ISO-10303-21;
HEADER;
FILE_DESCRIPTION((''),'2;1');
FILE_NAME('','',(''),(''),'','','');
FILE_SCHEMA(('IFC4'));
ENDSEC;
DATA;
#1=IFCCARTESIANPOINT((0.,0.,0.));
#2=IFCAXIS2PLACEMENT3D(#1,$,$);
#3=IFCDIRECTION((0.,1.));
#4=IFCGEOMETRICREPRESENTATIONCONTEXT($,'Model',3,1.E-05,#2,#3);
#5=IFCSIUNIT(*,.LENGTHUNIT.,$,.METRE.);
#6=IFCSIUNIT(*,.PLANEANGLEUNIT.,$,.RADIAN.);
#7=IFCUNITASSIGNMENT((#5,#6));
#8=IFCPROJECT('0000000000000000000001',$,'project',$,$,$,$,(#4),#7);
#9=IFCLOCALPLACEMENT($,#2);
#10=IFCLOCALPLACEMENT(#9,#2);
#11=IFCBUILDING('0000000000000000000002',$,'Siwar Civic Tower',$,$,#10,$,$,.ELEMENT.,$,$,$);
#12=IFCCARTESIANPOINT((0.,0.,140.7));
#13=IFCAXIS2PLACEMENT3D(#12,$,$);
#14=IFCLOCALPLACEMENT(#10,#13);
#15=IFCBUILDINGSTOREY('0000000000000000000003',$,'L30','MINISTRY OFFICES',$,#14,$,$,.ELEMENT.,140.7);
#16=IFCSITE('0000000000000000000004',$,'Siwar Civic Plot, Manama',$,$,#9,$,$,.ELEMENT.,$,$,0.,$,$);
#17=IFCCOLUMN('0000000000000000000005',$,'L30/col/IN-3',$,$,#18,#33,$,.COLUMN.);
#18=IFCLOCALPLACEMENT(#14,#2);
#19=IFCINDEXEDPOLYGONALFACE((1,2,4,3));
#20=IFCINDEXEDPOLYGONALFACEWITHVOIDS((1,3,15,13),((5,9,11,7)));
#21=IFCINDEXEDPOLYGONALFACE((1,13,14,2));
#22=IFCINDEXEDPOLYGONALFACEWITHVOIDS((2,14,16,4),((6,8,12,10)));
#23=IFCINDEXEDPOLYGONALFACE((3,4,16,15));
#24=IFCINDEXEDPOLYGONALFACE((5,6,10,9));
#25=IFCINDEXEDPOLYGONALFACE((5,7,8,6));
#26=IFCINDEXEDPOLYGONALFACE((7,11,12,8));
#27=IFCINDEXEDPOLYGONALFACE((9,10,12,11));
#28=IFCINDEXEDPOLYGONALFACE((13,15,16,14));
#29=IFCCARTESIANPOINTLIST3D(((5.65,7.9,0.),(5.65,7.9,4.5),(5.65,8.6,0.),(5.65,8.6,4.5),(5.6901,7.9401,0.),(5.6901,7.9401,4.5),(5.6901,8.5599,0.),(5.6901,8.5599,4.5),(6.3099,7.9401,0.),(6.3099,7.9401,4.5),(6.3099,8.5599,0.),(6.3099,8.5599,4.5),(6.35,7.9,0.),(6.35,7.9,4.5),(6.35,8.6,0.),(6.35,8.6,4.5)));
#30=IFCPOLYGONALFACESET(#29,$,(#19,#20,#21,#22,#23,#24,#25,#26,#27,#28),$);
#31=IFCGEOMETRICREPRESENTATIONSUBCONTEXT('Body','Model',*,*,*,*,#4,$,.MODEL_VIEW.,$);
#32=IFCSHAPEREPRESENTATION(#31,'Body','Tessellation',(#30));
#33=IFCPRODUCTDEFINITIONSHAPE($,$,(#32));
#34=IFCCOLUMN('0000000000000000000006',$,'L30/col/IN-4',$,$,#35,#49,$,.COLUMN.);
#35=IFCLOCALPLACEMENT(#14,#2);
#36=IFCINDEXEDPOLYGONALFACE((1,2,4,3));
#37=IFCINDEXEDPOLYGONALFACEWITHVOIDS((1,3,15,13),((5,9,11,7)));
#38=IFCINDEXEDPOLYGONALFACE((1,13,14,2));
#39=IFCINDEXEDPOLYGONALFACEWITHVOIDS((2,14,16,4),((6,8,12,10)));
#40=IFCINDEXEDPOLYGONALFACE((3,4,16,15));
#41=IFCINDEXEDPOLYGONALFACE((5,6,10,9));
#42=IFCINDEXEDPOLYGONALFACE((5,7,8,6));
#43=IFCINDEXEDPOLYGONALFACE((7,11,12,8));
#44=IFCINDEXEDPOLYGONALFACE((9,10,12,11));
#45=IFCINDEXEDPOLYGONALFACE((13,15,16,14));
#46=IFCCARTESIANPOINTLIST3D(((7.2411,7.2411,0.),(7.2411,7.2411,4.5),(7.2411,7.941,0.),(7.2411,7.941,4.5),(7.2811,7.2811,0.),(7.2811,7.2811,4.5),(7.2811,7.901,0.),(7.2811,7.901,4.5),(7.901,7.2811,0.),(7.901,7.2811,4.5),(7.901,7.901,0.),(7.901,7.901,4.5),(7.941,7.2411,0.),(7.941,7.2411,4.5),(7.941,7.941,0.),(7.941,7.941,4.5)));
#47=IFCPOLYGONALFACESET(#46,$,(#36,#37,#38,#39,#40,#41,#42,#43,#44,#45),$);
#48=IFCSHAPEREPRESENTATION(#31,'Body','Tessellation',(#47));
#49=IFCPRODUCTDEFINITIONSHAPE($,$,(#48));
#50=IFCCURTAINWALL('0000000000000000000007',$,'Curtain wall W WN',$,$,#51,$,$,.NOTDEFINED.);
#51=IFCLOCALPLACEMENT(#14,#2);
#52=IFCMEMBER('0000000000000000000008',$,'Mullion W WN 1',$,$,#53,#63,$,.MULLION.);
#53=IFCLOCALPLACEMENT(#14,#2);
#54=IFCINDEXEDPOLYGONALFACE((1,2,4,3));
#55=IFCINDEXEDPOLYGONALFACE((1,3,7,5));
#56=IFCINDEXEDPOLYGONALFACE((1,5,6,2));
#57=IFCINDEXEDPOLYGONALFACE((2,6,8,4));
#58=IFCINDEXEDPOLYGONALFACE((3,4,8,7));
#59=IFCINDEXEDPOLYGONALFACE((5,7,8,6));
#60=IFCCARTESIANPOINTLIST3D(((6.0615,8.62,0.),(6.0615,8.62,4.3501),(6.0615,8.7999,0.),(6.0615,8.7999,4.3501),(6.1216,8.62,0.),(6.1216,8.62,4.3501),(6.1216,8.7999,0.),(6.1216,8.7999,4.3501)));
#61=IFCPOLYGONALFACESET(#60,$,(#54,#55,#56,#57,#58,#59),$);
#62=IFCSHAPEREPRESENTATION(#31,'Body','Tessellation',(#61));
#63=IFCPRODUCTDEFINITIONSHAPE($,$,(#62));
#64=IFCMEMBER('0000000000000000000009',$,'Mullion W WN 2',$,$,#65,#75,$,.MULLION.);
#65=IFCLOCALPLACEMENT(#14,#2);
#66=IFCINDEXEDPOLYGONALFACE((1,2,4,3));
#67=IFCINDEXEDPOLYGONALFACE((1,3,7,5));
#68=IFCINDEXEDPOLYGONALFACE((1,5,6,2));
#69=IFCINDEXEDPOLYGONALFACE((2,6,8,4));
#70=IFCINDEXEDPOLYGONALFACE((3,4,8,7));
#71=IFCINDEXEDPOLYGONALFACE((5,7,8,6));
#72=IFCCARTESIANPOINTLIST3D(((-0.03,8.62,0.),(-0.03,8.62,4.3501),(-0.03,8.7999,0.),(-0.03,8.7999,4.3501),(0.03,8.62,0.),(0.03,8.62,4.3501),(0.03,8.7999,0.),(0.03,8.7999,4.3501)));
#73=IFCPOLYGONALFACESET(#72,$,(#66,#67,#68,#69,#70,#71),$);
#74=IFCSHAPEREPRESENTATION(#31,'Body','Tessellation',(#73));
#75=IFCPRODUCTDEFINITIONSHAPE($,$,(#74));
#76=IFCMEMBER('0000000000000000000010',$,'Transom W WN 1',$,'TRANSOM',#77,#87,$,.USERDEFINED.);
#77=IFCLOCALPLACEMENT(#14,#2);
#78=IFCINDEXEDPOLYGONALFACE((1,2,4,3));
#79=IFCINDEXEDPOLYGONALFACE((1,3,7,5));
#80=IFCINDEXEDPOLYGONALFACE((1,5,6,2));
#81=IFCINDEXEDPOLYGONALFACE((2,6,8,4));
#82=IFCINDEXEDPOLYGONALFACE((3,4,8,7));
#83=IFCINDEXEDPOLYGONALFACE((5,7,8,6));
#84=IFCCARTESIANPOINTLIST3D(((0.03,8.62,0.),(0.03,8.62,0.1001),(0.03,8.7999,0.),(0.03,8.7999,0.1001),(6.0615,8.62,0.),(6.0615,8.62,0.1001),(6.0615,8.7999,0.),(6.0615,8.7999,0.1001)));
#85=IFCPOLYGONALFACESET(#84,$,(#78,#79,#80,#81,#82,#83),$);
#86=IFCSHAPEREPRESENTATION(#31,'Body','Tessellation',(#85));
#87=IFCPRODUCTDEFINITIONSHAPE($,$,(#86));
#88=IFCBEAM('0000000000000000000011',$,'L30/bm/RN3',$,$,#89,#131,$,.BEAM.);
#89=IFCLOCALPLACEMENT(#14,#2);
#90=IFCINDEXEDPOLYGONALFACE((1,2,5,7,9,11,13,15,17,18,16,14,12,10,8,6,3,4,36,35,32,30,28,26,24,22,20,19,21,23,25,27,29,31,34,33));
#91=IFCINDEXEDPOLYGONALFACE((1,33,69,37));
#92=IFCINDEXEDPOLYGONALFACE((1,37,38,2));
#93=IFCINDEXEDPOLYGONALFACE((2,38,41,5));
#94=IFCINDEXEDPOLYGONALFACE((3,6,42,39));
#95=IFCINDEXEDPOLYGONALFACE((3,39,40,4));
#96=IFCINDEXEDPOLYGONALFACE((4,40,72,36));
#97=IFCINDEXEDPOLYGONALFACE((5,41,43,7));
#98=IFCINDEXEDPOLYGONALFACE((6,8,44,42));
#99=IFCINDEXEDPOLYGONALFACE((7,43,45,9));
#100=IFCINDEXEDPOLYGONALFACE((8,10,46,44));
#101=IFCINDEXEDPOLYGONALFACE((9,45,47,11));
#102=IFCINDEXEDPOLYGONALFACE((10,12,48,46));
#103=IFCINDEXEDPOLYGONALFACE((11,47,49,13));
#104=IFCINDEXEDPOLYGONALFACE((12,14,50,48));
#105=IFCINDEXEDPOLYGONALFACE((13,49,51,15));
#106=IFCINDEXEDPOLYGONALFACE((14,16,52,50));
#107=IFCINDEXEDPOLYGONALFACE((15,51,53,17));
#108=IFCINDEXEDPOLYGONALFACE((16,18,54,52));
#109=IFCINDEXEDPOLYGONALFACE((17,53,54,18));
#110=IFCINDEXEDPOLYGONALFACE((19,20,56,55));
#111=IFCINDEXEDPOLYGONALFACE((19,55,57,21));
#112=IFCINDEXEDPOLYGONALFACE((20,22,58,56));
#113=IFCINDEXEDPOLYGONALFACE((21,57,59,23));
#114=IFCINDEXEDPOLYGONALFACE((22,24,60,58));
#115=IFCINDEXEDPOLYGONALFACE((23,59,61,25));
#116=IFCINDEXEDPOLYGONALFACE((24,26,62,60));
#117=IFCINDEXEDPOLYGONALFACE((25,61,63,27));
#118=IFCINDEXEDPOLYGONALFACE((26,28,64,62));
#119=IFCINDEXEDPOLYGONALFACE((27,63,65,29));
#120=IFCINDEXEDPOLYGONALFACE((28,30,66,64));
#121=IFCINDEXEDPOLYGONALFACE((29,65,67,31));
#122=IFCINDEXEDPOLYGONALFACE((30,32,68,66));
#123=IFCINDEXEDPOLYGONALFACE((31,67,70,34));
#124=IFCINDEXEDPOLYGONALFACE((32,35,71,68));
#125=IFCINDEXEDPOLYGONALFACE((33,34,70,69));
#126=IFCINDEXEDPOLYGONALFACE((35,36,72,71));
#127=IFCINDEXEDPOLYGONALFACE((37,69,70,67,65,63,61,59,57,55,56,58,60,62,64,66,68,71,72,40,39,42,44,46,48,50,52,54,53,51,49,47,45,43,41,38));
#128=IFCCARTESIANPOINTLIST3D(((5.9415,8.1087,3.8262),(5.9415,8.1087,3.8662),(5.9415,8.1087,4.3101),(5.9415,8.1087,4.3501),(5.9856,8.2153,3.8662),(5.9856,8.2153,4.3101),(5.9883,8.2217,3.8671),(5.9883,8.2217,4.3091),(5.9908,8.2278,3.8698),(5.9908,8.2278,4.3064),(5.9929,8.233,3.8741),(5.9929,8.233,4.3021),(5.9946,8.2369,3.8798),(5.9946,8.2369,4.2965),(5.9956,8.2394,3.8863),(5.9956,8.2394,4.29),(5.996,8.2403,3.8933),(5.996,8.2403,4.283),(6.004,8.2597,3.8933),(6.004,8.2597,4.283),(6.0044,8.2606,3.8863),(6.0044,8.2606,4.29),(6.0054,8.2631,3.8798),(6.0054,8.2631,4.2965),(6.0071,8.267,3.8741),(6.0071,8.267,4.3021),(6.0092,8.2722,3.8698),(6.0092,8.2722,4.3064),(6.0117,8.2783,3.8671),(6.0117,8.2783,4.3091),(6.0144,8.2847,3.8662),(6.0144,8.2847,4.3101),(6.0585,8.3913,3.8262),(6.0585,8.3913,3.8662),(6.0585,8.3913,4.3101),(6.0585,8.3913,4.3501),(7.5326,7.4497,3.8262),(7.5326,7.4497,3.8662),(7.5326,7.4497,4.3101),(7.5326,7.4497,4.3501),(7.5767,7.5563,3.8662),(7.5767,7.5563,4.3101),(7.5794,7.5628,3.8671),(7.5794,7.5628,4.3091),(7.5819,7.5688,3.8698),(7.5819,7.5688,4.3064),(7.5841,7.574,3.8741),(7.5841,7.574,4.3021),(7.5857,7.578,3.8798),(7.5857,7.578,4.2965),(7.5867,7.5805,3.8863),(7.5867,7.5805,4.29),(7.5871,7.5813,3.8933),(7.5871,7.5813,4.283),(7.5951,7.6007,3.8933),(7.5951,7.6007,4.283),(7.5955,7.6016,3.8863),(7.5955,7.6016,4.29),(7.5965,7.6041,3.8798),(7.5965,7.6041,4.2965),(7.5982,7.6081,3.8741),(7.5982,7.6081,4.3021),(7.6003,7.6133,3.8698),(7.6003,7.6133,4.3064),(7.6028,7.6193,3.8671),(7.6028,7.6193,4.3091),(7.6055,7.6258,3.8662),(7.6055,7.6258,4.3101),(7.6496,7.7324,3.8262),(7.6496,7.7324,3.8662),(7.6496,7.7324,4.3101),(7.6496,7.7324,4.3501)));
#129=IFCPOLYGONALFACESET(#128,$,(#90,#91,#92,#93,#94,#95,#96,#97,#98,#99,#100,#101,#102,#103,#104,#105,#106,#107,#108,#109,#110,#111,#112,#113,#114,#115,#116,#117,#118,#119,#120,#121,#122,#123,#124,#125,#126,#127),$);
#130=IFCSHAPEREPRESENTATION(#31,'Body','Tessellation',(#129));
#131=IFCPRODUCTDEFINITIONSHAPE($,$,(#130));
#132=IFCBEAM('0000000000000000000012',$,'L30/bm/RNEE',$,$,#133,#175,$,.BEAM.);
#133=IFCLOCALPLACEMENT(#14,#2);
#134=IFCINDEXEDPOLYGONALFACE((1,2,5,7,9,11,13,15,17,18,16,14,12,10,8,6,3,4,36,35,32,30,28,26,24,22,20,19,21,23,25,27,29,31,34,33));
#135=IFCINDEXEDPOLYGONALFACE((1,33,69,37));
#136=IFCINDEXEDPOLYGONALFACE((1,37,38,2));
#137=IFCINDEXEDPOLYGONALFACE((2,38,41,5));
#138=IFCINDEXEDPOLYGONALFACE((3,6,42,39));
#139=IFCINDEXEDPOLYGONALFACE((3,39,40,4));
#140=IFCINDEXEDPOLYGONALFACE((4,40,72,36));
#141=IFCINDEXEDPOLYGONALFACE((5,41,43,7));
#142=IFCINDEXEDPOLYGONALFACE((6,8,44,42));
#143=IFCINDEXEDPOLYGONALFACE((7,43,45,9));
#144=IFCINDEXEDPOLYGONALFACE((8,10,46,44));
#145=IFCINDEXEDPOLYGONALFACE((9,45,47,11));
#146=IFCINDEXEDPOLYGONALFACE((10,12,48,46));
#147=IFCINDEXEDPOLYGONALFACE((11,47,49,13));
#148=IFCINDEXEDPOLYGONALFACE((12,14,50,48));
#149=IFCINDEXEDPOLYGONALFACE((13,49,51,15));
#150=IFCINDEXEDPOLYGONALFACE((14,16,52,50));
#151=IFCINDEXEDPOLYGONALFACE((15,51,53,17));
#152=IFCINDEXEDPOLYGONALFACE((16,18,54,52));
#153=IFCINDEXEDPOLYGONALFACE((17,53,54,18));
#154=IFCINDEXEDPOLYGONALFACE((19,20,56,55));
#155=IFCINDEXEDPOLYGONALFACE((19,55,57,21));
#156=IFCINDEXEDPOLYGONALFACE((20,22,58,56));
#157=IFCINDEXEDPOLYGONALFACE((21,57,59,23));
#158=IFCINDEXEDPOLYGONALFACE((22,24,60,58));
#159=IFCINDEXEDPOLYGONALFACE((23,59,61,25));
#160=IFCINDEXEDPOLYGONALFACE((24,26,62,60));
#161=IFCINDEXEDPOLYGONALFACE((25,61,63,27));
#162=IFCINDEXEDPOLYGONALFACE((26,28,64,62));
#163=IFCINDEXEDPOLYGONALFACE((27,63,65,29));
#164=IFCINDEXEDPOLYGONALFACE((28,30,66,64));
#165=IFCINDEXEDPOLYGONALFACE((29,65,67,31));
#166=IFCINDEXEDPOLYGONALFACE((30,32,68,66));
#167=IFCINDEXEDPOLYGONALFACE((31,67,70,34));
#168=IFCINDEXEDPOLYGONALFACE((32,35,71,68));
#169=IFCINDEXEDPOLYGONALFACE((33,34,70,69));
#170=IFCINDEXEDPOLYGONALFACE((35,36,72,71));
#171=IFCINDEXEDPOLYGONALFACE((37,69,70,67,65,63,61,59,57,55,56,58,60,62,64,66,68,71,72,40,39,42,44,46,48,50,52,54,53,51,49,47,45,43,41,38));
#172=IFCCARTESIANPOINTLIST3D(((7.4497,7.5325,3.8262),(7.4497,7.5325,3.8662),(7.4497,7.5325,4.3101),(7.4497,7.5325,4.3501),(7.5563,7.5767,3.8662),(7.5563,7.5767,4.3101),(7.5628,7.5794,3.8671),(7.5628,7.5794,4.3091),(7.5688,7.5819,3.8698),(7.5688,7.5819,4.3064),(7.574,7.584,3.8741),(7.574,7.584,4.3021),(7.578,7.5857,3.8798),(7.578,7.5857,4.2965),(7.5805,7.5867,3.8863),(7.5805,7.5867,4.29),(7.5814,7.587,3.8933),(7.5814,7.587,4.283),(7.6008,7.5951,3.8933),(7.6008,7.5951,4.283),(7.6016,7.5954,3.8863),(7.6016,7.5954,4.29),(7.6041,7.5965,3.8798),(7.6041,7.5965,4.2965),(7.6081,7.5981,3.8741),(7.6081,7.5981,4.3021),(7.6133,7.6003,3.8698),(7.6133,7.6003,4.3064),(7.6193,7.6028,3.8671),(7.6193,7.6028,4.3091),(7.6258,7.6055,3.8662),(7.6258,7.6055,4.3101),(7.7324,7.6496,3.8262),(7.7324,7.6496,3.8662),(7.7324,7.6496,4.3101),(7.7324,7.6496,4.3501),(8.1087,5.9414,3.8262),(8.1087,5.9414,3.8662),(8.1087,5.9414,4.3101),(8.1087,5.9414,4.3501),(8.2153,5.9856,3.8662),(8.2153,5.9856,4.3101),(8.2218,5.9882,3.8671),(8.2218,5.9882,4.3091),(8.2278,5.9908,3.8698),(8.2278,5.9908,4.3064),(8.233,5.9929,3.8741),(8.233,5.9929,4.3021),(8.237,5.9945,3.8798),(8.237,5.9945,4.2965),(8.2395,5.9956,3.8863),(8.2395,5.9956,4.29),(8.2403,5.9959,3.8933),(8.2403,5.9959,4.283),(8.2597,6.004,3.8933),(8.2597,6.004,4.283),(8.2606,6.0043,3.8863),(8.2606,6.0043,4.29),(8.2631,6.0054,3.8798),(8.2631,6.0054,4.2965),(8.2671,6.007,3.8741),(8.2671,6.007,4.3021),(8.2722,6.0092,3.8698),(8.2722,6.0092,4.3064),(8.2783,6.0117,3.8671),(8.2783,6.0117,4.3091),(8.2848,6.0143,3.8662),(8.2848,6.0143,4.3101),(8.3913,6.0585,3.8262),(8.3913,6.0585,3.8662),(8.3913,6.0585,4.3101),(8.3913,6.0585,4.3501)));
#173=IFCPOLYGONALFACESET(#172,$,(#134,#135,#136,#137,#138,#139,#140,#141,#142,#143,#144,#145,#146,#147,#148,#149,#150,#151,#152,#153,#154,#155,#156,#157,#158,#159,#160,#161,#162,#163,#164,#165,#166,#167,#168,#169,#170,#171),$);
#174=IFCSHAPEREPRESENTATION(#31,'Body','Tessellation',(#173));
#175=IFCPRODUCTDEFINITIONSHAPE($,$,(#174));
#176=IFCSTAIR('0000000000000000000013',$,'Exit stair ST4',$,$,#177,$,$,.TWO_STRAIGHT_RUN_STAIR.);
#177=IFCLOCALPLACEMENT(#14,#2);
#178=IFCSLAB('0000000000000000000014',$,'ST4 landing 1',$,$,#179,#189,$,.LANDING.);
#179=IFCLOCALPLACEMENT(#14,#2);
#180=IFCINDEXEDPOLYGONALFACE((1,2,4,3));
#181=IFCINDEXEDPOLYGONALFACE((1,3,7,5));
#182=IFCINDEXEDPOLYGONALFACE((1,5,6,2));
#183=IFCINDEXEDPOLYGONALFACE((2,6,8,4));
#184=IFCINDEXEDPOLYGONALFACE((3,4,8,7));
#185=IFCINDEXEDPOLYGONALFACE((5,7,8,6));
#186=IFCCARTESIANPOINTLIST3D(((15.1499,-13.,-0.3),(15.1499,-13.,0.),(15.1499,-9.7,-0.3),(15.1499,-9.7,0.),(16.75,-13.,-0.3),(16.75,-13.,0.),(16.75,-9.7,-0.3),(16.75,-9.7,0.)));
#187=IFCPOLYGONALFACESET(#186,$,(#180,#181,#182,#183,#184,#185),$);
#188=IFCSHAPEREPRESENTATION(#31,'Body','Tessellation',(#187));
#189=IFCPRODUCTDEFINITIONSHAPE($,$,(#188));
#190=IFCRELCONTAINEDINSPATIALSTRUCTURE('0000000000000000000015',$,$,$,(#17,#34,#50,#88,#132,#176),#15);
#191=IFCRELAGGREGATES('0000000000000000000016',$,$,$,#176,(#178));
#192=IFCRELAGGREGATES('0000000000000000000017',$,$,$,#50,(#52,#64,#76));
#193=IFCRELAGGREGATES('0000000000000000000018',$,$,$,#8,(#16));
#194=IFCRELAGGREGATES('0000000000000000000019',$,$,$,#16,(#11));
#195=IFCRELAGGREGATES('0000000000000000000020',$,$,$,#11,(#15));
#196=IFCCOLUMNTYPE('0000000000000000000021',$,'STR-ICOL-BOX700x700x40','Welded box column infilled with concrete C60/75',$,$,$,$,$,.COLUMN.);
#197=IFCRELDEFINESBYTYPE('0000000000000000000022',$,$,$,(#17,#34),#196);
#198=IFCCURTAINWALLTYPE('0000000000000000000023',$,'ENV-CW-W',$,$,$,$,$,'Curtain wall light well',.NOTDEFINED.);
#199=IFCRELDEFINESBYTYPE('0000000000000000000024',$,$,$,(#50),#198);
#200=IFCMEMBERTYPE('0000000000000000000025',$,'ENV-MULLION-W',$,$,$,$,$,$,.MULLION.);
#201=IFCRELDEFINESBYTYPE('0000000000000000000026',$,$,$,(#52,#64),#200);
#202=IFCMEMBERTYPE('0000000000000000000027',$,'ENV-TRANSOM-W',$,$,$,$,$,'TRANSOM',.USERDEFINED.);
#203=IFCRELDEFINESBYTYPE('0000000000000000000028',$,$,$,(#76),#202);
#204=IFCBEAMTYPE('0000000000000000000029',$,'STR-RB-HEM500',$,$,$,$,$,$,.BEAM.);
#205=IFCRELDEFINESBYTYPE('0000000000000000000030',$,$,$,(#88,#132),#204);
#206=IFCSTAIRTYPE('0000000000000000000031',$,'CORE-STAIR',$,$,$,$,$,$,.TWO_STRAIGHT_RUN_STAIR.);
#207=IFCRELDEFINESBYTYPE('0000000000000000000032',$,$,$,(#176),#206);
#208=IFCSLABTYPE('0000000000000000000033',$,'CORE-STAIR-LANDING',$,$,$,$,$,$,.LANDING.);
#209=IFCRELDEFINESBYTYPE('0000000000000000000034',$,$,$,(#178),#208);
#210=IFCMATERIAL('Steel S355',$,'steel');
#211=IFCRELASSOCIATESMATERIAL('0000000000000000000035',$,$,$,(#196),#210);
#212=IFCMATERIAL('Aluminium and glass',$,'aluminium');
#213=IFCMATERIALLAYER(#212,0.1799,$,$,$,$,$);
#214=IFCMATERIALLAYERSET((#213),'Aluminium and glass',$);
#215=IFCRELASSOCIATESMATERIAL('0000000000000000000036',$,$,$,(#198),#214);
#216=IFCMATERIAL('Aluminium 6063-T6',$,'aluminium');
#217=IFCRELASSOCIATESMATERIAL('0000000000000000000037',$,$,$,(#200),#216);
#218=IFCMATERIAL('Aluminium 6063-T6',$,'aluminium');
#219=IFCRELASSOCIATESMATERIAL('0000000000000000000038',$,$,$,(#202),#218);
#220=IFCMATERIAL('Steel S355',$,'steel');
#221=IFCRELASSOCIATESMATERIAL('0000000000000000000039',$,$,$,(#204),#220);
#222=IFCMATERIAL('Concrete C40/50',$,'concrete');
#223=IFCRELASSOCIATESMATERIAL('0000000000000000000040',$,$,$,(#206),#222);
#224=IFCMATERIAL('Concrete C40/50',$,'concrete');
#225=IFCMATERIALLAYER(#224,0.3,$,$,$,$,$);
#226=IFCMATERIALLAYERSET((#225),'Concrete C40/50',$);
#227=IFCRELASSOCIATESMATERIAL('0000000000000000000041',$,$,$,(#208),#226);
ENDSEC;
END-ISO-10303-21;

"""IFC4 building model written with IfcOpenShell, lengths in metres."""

from ifc_helpers import new_model, si_unit, direction, frame, origin, origin_2d, place, context, subcontext, project, spatial, polyline, rectangle, hollow_rectangle, i_section, outline, extrude, material, layer, layer_set, material_profile, profile_set, type_object, element, aggregate, save


model = new_model("IFC4")

# Units and contexts
model_context = context("Model", 3, precision=1e-05, world=origin(), true_north=direction((0.0, 1.0)))
body_context = subcontext(model_context, "Body", "Model", "MODEL_VIEW")
ifc_project = project(units=[si_unit("LENGTHUNIT", "METRE"), si_unit("PLANEANGLEUNIT", "RADIAN")], contexts=[model_context])

# Site, building, storey
site_placement = place(None, origin())
site = spatial("IfcSite", under=ifc_project, at=site_placement, Name="Siwar Civic Plot, Manama", CompositionType="ELEMENT", RefElevation=0.0)
building_placement = place(site_placement, origin())
building = spatial("IfcBuilding", under=site, at=building_placement, Name="Siwar Civic Tower", CompositionType="ELEMENT")
storey_placement = place(building_placement, frame((0.0, 0.0, 140.7)))
storey = spatial("IfcBuildingStorey", under=building, at=storey_placement, Name="L30", Description="MINISTRY OFFICES", CompositionType="ELEMENT", Elevation=140.7)

# Columns
ifc_material_1 = material(Name="Steel S355", Category="steel")
ifc_material_profile_1 = material_profile(ifc_material_1, hollow_rectangle(XDim=0.7, YDim=0.7, WallThickness=0.04, at=origin_2d()), Name="BOX700x700x40")
ifc_profile_set_1 = profile_set([ifc_material_profile_1], Name="Steel S355")
column_type = type_object("IfcColumnType", Name="STR-ICOL-BOX700x700x40", Description="Welded box column infilled with concrete C60/75", PredefinedType="COLUMN", material=ifc_profile_set_1)
for number, where, z_axis, x_axis, name in (
    (1, (6.0, 8.25, 0.0), (0.0, 0.0, 1.0), (1.0, 0.0, 0.0), "L30/col/IN-3"),
    (2, (7.5911, 7.5911, 0.0), (0.0, 0.0, 1.0), (1.0, 0.0, 0.0), "L30/col/IN-4"),
):
    element("IfcColumn", number, at=place(storey_placement, frame(where, z_axis=z_axis, x_axis=x_axis)), inside=storey, type_object=column_type, Name=name, PredefinedType="COLUMN", context=body_context, shape_type="SweptSolid", body=[
        extrude(hollow_rectangle(XDim=0.7, YDim=0.7, WallThickness=0.04, at=origin_2d()), origin(), (0.0, 0.0, 1.0), 4.5),
    ])

# Curtain wall, members
ifc_material_2 = material(Name="Aluminium and glass", Category="aluminium")
ifc_layer_1 = layer(ifc_material_2, 0.1799)
ifc_layer_set_1 = layer_set([ifc_layer_1], Name="Aluminium and glass")
curtain_wall_type = type_object("IfcCurtainWallType", Name="ENV-CW-W", ElementType="Curtain wall light well", PredefinedType="NOTDEFINED", material=ifc_layer_set_1)
curtain_wall_placement = place(storey_placement, origin())
curtain_wall = element("IfcCurtainWall", 3, at=curtain_wall_placement, inside=storey, type_object=curtain_wall_type, Name="Curtain wall W WN", PredefinedType="NOTDEFINED")
ifc_material_3 = material(Name="Aluminium 6063-T6", Category="aluminium")
ifc_material_profile_2 = material_profile(ifc_material_3, rectangle(XDim=0.1799, YDim=0.0601, at=origin_2d()), Name="AL 180x60")
ifc_profile_set_2 = profile_set([ifc_material_profile_2], Name="Aluminium 6063-T6")
member_type_1 = type_object("IfcMemberType", Name="ENV-MULLION-W", PredefinedType="MULLION", material=ifc_profile_set_2)
member_1_placement = place(storey_placement, frame((6.0916, 8.71, 0.0), z_axis=(0.0, 0.0, 1.0), x_axis=(0.0, -1.0, 0.0)))
member_1 = element("IfcMember", 4, at=member_1_placement, type_object=member_type_1, Name="Mullion W WN 1", PredefinedType="MULLION", context=body_context, shape_type="SweptSolid", body=[
    extrude(rectangle(XDim=0.1799, YDim=0.0601, at=origin_2d()), origin(), (0.0, 0.0, 1.0), 4.3501),
])
member_2_placement = place(storey_placement, frame((0.0, 8.71, 0.0), z_axis=(0.0, 0.0, 1.0), x_axis=(0.0, -1.0, 0.0)))
member_2 = element("IfcMember", 5, at=member_2_placement, type_object=member_type_1, Name="Mullion W WN 2", PredefinedType="MULLION", context=body_context, shape_type="SweptSolid", body=[
    extrude(rectangle(XDim=0.1799, YDim=0.0601, at=origin_2d()), origin(), (0.0, 0.0, 1.0), 4.3501),
])
ifc_material_4 = material(Name="Aluminium 6063-T6", Category="aluminium")
ifc_material_profile_3 = material_profile(ifc_material_4, rectangle(XDim=0.1799, YDim=0.1001, at=origin_2d()), Name="AL 180x100")
ifc_profile_set_3 = profile_set([ifc_material_profile_3], Name="Aluminium 6063-T6")
member_type_2 = type_object("IfcMemberType", Name="ENV-TRANSOM-W", ElementType="TRANSOM", PredefinedType="USERDEFINED", material=ifc_profile_set_3)
member_3_placement = place(storey_placement, frame((6.0615, 8.71, 0.05), z_axis=(-1.0, 0.0, 0.0), x_axis=(0.0, -1.0, 0.0)))
member_3 = element("IfcMember", 6, at=member_3_placement, type_object=member_type_2, Name="Transom W WN 1", ObjectType="TRANSOM", PredefinedType="USERDEFINED", context=body_context, shape_type="SweptSolid", body=[
    extrude(rectangle(XDim=0.1799, YDim=0.1001, at=origin_2d()), origin(), (0.0, 0.0, 1.0), 6.0315),
])

# Beams
ifc_material_5 = material(Name="Steel S355", Category="steel")
ifc_material_profile_4 = material_profile(ifc_material_5, i_section(OverallWidth=0.3059, OverallDepth=0.5239, WebThickness=0.021, FlangeThickness=0.04, FilletRadius=0.0271, at=origin_2d()), Name="HEM500")
ifc_profile_set_4 = profile_set([ifc_material_profile_4], Name="Steel S355")
beam_type = type_object("IfcBeamType", Name="STR-RB-HEM500", PredefinedType="BEAM", material=ifc_profile_set_4)
for number, where, z_axis, x_axis, name in (
    (7, (6.0, 8.25, 4.0881), (0.923901, -0.382631, 0.0), (0.382631, 0.923901, 0.0), "L30/bm/RN3"),
    (8, (7.5911, 7.5911, 4.0881), (0.382631, -0.923901, 0.0), (0.923901, 0.382631, 0.0), "L30/bm/RNEE"),
):
    element("IfcBeam", number, at=place(storey_placement, frame(where, z_axis=z_axis, x_axis=x_axis)), inside=storey, type_object=beam_type, Name=name, PredefinedType="BEAM", context=body_context, shape_type="SweptSolid", body=[
        extrude(i_section(OverallWidth=0.3059, OverallDepth=0.5239, WebThickness=0.021, FlangeThickness=0.04, FilletRadius=0.0271, at=origin_2d()), origin(), (0.0, 0.0, 1.0), 1.7222),
    ])

# Stair, slab
ifc_material_6 = material(Name="Concrete C40/50", Category="concrete")
stair_type = type_object("IfcStairType", Name="CORE-STAIR", PredefinedType="TWO_STRAIGHT_RUN_STAIR", material=ifc_material_6)
stair_placement = place(storey_placement, origin())
stair = element("IfcStair", 9, at=stair_placement, inside=storey, type_object=stair_type, Name="Exit stair ST4", PredefinedType="TWO_STRAIGHT_RUN_STAIR")
ifc_material_7 = material(Name="Concrete C40/50", Category="concrete")
ifc_layer_2 = layer(ifc_material_7, 0.3)
ifc_layer_set_2 = layer_set([ifc_layer_2], Name="Concrete C40/50")
slab_type = type_object("IfcSlabType", Name="CORE-STAIR-LANDING", PredefinedType="LANDING", material=ifc_layer_set_2)
slab_1_placement = place(storey_placement, frame((0.0, 0.0, -0.3)))
slab_1 = element("IfcSlab", 10, at=slab_1_placement, type_object=slab_type, Name="ST4 landing 1", PredefinedType="LANDING", context=body_context, shape_type="SweptSolid", body=[
    extrude(outline(polyline([(15.1499, -13.0), (16.75, -13.0), (16.75, -9.7), (15.1499, -9.7), (15.1499, -13.0)])), origin(), (0.0, 0.0, 1.0), 0.3),
])
aggregate(stair, [slab_1])

aggregate(curtain_wall, [member_1, member_2, member_3])

save(model, "model.ifc")
